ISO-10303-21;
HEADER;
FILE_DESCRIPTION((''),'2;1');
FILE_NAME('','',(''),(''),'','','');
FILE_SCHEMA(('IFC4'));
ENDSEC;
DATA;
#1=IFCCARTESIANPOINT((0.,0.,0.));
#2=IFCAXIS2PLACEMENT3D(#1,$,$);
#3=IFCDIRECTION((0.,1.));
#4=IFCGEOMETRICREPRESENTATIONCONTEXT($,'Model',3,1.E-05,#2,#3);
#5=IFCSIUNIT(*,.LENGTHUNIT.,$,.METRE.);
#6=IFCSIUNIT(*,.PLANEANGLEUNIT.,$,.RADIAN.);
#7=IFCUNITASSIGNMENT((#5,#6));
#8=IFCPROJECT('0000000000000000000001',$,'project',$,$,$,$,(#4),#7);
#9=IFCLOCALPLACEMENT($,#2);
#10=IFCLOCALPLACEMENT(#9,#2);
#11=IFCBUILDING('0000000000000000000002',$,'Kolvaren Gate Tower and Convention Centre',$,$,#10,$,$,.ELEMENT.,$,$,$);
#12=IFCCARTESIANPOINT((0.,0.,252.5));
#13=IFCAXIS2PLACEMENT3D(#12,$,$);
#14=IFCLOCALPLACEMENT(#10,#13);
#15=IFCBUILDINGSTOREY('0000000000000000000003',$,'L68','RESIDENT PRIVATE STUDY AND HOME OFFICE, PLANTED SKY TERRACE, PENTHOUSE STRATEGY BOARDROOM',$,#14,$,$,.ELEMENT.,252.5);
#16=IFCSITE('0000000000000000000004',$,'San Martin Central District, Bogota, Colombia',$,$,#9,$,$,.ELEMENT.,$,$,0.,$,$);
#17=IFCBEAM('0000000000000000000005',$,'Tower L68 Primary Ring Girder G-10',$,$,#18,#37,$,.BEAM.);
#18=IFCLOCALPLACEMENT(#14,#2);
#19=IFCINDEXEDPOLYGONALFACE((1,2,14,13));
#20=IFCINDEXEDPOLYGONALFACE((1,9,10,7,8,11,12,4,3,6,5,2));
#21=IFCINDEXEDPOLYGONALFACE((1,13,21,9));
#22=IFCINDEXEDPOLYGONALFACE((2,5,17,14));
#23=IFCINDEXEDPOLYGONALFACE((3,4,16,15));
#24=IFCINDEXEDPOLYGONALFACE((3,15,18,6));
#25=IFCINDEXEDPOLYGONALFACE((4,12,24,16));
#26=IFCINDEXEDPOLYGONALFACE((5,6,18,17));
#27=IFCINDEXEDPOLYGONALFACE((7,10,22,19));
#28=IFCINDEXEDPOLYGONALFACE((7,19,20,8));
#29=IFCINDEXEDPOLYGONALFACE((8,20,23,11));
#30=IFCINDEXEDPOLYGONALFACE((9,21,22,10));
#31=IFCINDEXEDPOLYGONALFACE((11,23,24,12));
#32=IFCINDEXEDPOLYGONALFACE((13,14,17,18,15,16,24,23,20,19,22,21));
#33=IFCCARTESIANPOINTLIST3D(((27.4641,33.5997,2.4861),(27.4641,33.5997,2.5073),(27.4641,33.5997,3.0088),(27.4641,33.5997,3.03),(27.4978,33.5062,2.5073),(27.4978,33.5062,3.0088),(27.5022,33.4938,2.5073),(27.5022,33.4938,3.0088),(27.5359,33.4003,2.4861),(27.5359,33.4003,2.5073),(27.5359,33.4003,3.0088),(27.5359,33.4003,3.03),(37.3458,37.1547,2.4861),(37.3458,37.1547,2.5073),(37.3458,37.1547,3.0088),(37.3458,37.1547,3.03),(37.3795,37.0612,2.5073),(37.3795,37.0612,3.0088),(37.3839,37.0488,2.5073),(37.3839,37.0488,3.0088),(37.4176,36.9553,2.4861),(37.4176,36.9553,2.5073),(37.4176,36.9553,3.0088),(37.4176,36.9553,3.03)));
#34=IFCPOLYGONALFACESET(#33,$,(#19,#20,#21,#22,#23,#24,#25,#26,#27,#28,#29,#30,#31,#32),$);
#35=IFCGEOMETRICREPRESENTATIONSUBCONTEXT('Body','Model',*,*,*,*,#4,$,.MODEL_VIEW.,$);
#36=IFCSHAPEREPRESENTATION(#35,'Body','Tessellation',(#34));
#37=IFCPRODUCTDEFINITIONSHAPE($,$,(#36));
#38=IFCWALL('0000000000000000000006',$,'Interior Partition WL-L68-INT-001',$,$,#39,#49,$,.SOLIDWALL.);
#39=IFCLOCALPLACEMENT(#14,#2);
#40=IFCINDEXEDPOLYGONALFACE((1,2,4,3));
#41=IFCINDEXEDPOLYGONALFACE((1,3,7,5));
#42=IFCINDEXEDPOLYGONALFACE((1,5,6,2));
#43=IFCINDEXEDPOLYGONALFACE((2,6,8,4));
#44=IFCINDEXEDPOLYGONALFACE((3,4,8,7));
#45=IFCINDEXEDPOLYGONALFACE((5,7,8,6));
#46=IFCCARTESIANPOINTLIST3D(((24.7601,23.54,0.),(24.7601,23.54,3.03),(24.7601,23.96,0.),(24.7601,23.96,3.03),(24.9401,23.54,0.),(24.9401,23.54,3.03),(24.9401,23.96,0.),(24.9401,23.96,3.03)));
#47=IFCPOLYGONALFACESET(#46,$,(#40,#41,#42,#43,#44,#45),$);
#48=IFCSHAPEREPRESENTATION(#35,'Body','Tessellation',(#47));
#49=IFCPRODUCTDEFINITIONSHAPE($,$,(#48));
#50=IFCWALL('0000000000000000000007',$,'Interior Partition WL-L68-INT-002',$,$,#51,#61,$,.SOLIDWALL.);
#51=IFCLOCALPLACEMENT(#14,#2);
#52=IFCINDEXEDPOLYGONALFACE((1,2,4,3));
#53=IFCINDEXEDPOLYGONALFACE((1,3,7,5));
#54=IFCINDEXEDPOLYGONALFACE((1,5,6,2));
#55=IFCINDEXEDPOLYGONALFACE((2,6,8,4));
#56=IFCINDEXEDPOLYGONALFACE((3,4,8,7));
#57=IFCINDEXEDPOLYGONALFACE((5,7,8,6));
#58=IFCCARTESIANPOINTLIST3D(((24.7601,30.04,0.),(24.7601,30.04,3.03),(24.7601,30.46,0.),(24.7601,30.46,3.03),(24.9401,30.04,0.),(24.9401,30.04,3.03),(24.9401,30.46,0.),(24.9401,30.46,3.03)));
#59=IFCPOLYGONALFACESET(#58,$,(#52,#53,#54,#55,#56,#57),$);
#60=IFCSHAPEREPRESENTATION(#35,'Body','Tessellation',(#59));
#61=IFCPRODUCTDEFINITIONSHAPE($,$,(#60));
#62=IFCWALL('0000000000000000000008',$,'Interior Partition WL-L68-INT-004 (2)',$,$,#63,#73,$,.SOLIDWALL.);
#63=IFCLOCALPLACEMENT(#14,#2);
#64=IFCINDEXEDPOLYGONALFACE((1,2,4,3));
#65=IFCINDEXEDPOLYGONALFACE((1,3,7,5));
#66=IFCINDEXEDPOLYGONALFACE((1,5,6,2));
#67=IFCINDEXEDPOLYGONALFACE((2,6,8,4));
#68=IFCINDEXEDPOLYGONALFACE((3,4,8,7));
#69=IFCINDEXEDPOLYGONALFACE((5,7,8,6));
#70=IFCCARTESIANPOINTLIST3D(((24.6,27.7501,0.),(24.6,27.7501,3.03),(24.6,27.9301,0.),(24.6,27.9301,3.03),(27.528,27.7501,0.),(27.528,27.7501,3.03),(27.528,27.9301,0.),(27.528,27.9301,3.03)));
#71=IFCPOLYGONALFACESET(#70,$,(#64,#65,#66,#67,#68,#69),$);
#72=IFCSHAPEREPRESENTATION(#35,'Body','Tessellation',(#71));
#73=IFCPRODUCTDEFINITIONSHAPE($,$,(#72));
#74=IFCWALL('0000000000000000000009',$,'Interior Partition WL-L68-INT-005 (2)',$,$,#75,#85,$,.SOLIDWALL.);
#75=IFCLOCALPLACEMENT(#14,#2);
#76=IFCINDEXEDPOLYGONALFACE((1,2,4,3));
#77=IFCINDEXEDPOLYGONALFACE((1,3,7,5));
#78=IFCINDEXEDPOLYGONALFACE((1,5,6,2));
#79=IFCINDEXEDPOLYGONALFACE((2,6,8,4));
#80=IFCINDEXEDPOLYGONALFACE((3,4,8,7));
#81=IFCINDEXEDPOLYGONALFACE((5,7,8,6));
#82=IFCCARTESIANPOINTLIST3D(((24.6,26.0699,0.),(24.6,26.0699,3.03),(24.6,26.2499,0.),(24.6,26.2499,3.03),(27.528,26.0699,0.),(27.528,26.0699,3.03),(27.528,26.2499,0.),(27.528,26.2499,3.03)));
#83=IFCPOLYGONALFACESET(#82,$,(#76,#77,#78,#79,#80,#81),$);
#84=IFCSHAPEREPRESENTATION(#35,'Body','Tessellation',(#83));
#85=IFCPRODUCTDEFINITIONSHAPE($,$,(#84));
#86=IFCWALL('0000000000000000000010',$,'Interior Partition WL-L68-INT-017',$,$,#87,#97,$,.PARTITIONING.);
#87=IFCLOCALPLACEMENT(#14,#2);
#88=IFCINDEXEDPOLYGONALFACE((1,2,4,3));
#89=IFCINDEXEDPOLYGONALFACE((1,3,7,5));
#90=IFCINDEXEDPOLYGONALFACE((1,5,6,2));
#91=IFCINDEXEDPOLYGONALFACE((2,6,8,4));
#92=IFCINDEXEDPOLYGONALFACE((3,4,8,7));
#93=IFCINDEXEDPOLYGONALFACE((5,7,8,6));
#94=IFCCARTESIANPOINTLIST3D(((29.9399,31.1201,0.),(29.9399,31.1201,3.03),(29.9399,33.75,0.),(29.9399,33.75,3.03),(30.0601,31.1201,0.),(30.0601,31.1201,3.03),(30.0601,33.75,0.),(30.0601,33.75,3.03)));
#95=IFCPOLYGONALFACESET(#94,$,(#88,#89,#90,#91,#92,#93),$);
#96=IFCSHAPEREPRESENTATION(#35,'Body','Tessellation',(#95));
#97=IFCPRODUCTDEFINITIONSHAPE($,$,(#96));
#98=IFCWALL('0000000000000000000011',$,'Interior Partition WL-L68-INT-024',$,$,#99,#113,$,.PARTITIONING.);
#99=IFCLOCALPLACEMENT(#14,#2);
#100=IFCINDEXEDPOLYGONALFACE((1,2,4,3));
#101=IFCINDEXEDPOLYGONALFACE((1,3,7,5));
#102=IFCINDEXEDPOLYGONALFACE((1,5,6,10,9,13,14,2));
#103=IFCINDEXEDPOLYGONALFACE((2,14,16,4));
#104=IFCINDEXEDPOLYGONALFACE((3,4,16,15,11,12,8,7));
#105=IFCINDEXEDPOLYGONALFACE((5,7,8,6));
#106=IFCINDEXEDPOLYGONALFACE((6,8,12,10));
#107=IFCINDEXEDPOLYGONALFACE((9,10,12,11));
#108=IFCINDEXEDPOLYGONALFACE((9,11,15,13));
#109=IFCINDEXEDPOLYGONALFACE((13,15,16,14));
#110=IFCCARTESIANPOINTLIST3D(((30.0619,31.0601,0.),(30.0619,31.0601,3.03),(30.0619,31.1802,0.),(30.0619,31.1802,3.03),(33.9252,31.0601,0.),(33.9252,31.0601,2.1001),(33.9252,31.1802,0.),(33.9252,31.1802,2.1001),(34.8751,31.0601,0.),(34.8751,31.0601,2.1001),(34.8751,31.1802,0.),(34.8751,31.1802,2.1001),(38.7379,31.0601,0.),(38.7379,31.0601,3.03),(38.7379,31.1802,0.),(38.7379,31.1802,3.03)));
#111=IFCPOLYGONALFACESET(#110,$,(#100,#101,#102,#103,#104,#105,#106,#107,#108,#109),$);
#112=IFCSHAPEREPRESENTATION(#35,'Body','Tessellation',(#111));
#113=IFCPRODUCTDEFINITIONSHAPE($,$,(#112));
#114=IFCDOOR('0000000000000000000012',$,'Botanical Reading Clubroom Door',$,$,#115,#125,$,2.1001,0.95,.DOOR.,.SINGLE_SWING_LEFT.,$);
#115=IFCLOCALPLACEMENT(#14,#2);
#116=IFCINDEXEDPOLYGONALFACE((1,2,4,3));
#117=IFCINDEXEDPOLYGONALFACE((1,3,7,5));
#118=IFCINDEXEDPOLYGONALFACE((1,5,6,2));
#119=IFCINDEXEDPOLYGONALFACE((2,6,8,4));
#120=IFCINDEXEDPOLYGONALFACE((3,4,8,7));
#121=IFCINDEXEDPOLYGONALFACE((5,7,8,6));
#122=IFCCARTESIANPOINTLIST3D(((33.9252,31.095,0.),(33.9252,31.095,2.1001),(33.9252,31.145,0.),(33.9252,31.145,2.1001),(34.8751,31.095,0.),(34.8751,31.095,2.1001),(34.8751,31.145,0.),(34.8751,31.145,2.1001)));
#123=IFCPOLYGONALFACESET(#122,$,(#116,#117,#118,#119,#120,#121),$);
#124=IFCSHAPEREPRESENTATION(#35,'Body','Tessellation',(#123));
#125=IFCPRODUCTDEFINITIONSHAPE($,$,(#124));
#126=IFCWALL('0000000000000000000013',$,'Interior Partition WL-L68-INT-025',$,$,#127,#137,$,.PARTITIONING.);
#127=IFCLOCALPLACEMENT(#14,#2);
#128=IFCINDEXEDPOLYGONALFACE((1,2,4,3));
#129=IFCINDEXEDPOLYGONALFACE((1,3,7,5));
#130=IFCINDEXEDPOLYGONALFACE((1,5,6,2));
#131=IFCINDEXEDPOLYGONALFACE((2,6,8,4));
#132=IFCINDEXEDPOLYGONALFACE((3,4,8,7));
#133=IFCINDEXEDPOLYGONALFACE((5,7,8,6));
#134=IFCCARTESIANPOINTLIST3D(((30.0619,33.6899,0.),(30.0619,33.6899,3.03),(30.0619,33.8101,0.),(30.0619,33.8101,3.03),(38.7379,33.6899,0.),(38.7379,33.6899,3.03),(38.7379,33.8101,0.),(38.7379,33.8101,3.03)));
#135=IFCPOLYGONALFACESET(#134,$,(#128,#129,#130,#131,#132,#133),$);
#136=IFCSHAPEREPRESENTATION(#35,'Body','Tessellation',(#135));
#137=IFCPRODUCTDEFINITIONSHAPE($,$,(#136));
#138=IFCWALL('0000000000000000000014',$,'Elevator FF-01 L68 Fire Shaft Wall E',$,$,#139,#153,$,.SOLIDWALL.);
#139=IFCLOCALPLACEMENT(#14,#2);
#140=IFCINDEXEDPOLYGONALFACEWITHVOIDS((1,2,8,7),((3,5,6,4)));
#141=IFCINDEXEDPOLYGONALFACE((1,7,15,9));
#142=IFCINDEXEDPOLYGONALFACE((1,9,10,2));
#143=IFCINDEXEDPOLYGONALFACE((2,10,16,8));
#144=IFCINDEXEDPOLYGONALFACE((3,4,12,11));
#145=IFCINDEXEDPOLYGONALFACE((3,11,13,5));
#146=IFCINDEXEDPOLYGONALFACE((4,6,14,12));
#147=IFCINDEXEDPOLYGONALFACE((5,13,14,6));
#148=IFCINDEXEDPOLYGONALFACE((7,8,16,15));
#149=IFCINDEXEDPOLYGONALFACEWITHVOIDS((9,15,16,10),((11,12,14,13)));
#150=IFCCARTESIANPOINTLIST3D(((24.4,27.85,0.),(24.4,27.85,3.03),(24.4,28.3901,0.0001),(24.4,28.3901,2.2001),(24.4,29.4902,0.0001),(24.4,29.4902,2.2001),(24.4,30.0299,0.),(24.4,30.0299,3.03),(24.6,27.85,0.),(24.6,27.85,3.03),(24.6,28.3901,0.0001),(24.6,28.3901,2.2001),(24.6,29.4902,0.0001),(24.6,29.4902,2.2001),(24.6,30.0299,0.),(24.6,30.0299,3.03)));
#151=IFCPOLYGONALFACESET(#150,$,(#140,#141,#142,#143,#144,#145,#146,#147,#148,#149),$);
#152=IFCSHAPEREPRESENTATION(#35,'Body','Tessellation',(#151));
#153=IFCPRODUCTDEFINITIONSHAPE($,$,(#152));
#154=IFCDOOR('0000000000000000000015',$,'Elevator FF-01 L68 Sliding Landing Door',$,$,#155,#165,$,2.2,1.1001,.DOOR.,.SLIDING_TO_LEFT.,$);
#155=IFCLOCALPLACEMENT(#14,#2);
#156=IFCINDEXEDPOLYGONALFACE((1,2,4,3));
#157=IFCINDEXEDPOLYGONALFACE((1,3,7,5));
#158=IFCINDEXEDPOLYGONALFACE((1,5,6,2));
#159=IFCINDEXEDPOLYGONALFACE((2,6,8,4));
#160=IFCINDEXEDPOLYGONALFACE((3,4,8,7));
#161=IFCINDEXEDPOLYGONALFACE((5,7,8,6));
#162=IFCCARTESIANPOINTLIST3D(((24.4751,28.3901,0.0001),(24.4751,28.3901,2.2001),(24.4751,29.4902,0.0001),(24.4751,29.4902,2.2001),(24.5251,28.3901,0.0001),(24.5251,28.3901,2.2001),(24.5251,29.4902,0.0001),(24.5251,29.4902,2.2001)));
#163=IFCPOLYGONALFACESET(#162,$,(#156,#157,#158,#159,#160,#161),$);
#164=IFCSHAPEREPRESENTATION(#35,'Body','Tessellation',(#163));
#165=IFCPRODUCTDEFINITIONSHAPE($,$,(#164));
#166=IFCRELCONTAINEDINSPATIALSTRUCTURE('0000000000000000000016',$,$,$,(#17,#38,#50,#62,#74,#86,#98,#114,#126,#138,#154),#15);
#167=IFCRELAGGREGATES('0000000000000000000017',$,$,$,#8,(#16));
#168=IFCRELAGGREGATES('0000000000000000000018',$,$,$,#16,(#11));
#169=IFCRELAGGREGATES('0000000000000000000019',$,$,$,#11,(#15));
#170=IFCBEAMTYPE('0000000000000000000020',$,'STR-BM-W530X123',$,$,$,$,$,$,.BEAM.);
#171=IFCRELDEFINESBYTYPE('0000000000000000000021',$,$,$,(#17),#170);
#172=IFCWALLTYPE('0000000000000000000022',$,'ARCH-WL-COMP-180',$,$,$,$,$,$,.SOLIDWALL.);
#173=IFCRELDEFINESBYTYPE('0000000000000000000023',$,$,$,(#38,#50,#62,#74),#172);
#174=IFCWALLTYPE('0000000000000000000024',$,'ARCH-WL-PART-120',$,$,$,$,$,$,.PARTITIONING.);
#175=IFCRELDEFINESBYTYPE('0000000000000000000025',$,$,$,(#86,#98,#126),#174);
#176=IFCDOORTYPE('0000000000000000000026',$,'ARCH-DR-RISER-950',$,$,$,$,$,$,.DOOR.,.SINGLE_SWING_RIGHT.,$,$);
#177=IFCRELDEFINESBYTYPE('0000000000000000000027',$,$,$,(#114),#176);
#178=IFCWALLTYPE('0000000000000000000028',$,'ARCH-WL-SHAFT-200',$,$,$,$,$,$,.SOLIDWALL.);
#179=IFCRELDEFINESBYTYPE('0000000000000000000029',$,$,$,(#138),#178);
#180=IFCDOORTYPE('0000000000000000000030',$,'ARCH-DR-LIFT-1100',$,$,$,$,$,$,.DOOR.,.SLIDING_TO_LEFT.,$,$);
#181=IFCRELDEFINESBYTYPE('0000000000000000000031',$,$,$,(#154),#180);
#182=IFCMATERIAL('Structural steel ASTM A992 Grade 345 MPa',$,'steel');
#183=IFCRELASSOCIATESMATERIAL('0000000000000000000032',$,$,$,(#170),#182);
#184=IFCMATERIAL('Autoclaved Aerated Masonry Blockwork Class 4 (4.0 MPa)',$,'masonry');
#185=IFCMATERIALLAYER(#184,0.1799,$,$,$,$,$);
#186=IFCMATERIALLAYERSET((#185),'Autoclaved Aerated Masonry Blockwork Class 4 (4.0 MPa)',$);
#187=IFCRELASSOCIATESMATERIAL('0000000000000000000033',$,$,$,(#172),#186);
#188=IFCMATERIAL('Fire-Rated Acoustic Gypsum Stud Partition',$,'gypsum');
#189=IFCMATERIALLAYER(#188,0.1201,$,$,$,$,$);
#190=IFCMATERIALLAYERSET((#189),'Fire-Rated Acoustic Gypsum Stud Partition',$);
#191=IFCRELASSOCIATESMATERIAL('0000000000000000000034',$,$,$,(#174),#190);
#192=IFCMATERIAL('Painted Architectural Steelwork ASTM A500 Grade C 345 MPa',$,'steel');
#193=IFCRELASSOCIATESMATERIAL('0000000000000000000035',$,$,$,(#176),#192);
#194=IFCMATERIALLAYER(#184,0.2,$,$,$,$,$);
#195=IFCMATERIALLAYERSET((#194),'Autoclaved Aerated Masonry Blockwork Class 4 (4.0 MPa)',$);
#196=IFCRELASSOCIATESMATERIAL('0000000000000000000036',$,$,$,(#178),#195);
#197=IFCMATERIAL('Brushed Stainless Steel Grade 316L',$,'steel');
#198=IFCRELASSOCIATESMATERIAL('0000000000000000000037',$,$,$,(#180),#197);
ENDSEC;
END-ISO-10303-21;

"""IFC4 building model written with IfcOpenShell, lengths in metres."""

from ifc_helpers import new_model, si_unit, direction, frame, frame_2d, origin, origin_2d, place, context, subcontext, project, spatial, rectangle, i_section, extrude, material, layer, layer_set, material_profile, profile_set, type_object, element, fill, save


model = new_model("IFC4")

# Units and contexts
model_context = context("Model", 3, precision=1e-05, world=origin(), true_north=direction((0.0, 1.0)))
body_context = subcontext(model_context, "Body", "Model", "MODEL_VIEW")
ifc_project = project(units=[si_unit("LENGTHUNIT", "METRE"), si_unit("PLANEANGLEUNIT", "RADIAN")], contexts=[model_context])

# Site, building, storey
site_placement = place(None, origin())
site = spatial("IfcSite", under=ifc_project, at=site_placement, Name="San Martin Central District, Bogota, Colombia", CompositionType="ELEMENT", RefElevation=0.0)
building_placement = place(site_placement, origin())
building = spatial("IfcBuilding", under=site, at=building_placement, Name="Kolvaren Gate Tower and Convention Centre", CompositionType="ELEMENT")
storey_placement = place(building_placement, frame((0.0, 0.0, 252.5)))
storey = spatial("IfcBuildingStorey", under=building, at=storey_placement, Name="L68", Description="RESIDENT PRIVATE STUDY AND HOME OFFICE, PLANTED SKY TERRACE, PENTHOUSE STRATEGY BOARDROOM", CompositionType="ELEMENT", Elevation=252.5)

# Beam
ifc_material_1 = material(Name="Structural steel ASTM A992 Grade 345 MPa", Category="steel")
ifc_material_profile = material_profile(ifc_material_1, i_section(OverallWidth=0.2119, OverallDepth=0.5439, WebThickness=0.0132, FlangeThickness=0.0212, at=origin_2d()), Name="W530X123")
ifc_profile_set = profile_set([ifc_material_profile], Name="Structural steel ASTM A992 Grade 345 MPa")
beam_type = type_object("IfcBeamType", Name="STR-BM-W530X123", PredefinedType="BEAM", material=ifc_profile_set)
beam_placement = place(storey_placement, frame((27.5, 33.5, 2.7581), z_axis=(0.940961, 0.338514, 0.0), x_axis=(-0.338514, 0.940961, 0.0)))
element("IfcBeam", 1, at=beam_placement, inside=storey, type_object=beam_type, Name="Tower L68 Primary Ring Girder G-10", PredefinedType="BEAM", context=body_context, shape_type="SweptSolid", body=[
    extrude(i_section(OverallWidth=0.2119, OverallDepth=0.5439, WebThickness=0.0132, FlangeThickness=0.0212, at=origin_2d()), origin(), (0.0, 0.0, 1.0), 10.5017),
])

# Walls
ifc_material_2 = material(Name="Autoclaved Aerated Masonry Blockwork Class 4 (4.0 MPa)", Category="masonry")
ifc_layer_1 = layer(ifc_material_2, 0.1799)
ifc_layer_set_1 = layer_set([ifc_layer_1], Name="Autoclaved Aerated Masonry Blockwork Class 4 (4.0 MPa)")
wall_type_1 = type_object("IfcWallType", Name="ARCH-WL-COMP-180", PredefinedType="SOLIDWALL", material=ifc_layer_set_1)
for number, where, z_axis, x_axis, name in (
    (2, (24.8501, 23.54, 0.0), (0.0, 0.0, 1.0), (0.0, 1.0, 0.0), "Interior Partition WL-L68-INT-001"),
    (3, (24.8501, 30.04, 0.0), (0.0, 0.0, 1.0), (0.0, 1.0, 0.0), "Interior Partition WL-L68-INT-002"),
):
    element("IfcWall", number, at=place(storey_placement, frame(where, z_axis=z_axis, x_axis=x_axis)), inside=storey, type_object=wall_type_1, Name=name, PredefinedType="SOLIDWALL", context=body_context, shape_type="SweptSolid", body=[
        extrude(rectangle(XDim=0.4199, YDim=0.1799, at=frame_2d((0.21, 0.0))), origin(), (0.0, 0.0, 1.0), 3.03),
    ])
for number, where, z_axis, x_axis, name in (
    (4, (24.6001, 27.8401, 0.0), (0.0, 0.0, 1.0), (1.0, 0.0, 0.0), "Interior Partition WL-L68-INT-004 (2)"),
    (5, (24.6001, 26.1599, 0.0), (0.0, 0.0, 1.0), (1.0, 0.0, 0.0), "Interior Partition WL-L68-INT-005 (2)"),
):
    element("IfcWall", number, at=place(storey_placement, frame(where, z_axis=z_axis, x_axis=x_axis)), inside=storey, type_object=wall_type_1, Name=name, PredefinedType="SOLIDWALL", context=body_context, shape_type="SweptSolid", body=[
        extrude(rectangle(XDim=2.928, YDim=0.1799, at=frame_2d((1.4639, 0.0))), origin(), (0.0, 0.0, 1.0), 3.03),
    ])
ifc_material_3 = material(Name="Fire-Rated Acoustic Gypsum Stud Partition", Category="gypsum")
ifc_layer_2 = layer(ifc_material_3, 0.1201)
ifc_layer_set_2 = layer_set([ifc_layer_2], Name="Fire-Rated Acoustic Gypsum Stud Partition")
wall_type_2 = type_object("IfcWallType", Name="ARCH-WL-PART-120", PredefinedType="PARTITIONING", material=ifc_layer_set_2)
wall_1_placement = place(storey_placement, frame((30.0, 31.1201, 0.0), z_axis=(0.0, 0.0, 1.0), x_axis=(0.0, 1.0, 0.0)))
element("IfcWall", 6, at=wall_1_placement, inside=storey, type_object=wall_type_2, Name="Interior Partition WL-L68-INT-017", PredefinedType="PARTITIONING", context=body_context, shape_type="SweptSolid", body=[
    extrude(rectangle(XDim=2.6299, YDim=0.1201, at=frame_2d((1.3149, 0.0))), origin(), (0.0, 0.0, 1.0), 3.03),
])

# Wall, opening, door
wall_2_placement = place(storey_placement, frame((30.062, 31.1201, 0.0), z_axis=(0.0, 0.0, 1.0), x_axis=(1.0, 0.0, 0.0)))
wall_2 = element("IfcWall", 7, at=wall_2_placement, inside=storey, type_object=wall_type_2, Name="Interior Partition WL-L68-INT-024", PredefinedType="PARTITIONING", context=body_context, shape_type="SweptSolid", body=[
    extrude(rectangle(XDim=8.676, YDim=0.1201, at=frame_2d((4.3379, 0.0))), origin(), (0.0, 0.0, 1.0), 3.03),
])
opening_1_placement = place(wall_2_placement, frame((3.863, 0.0, 0.0)))
opening_1 = element("IfcOpeningElement", 8, at=opening_1_placement, cuts=wall_2, PredefinedType="OPENING", context=body_context, shape_type="SweptSolid", body=[
    extrude(rectangle(XDim=0.95, YDim=2.1001, at=frame_2d((0.4751, 1.05))), frame((0.0, 0.0701, 0.0), z_axis=(0.0, -1.0, 0.0), x_axis=(1.0, 0.0, 0.0)), (0.0, 0.0, 1.0), 0.1401),
])
ifc_material_4 = material(Name="Painted Architectural Steelwork ASTM A500 Grade C 345 MPa", Category="steel")
door_type_1 = type_object("IfcDoorType", Name="ARCH-DR-RISER-950", OperationType="SINGLE_SWING_RIGHT", PredefinedType="DOOR", material=ifc_material_4)
door_1_placement = place(opening_1_placement, origin())
door_1 = element("IfcDoor", 9, at=door_1_placement, inside=storey, type_object=door_type_1, Name="Botanical Reading Clubroom Door", OperationType="SINGLE_SWING_LEFT", OverallHeight=2.1001, OverallWidth=0.95, PredefinedType="DOOR", context=body_context, shape_type="SweptSolid", body=[
    extrude(rectangle(XDim=0.95, YDim=2.1001, at=frame_2d((0.4751, 1.05))), frame((0.0, 0.0249, 0.0), z_axis=(0.0, -1.0, 0.0), x_axis=(1.0, 0.0, 0.0)), (0.0, 0.0, 1.0), 0.05),
])
fill(opening_1, door_1)

# Wall
wall_3_placement = place(storey_placement, frame((30.062, 33.75, 0.0), z_axis=(0.0, 0.0, 1.0), x_axis=(1.0, 0.0, 0.0)))
element("IfcWall", 10, at=wall_3_placement, inside=storey, type_object=wall_type_2, Name="Interior Partition WL-L68-INT-025", PredefinedType="PARTITIONING", context=body_context, shape_type="SweptSolid", body=[
    extrude(rectangle(XDim=8.676, YDim=0.1201, at=frame_2d((4.3379, 0.0))), origin(), (0.0, 0.0, 1.0), 3.03),
])

# Wall, opening, door
ifc_layer_3 = layer(ifc_material_2, 0.2)
ifc_layer_set_3 = layer_set([ifc_layer_3], Name="Autoclaved Aerated Masonry Blockwork Class 4 (4.0 MPa)")
wall_type_3 = type_object("IfcWallType", Name="ARCH-WL-SHAFT-200", PredefinedType="SOLIDWALL", material=ifc_layer_set_3)
wall_4_placement = place(storey_placement, frame((24.5, 27.8501, 0.0), z_axis=(0.0, 0.0, 1.0), x_axis=(0.0, 1.0, 0.0)))
wall_4 = element("IfcWall", 11, at=wall_4_placement, inside=storey, type_object=wall_type_3, Name="Elevator FF-01 L68 Fire Shaft Wall E", PredefinedType="SOLIDWALL", context=body_context, shape_type="SweptSolid", body=[
    extrude(rectangle(XDim=2.1799, YDim=0.2, at=frame_2d((1.0898, 0.0))), origin(), (0.0, 0.0, 1.0), 3.03),
])
opening_2_placement = place(wall_4_placement, frame((0.54, 0.0, 0.0)))
opening_2 = element("IfcOpeningElement", 12, at=opening_2_placement, cuts=wall_4, PredefinedType="OPENING", context=body_context, shape_type="SweptSolid", body=[
    extrude(rectangle(XDim=1.1001, YDim=2.2, at=frame_2d((0.55, 1.1001))), frame((0.0, 0.1099, 0.0), z_axis=(0.0, -1.0, 0.0), x_axis=(1.0, 0.0, 0.0)), (0.0, 0.0, 1.0), 0.22),
])
ifc_material_5 = material(Name="Brushed Stainless Steel Grade 316L", Category="steel")
door_type_2 = type_object("IfcDoorType", Name="ARCH-DR-LIFT-1100", OperationType="SLIDING_TO_LEFT", PredefinedType="DOOR", material=ifc_material_5)
door_2_placement = place(opening_2_placement, origin())
door_2 = element("IfcDoor", 13, at=door_2_placement, inside=storey, type_object=door_type_2, Name="Elevator FF-01 L68 Sliding Landing Door", OperationType="SLIDING_TO_LEFT", OverallHeight=2.2, OverallWidth=1.1001, PredefinedType="DOOR", context=body_context, shape_type="SweptSolid", body=[
    extrude(rectangle(XDim=1.1001, YDim=2.2, at=frame_2d((0.55, 1.1001))), frame((0.0, 0.0249, 0.0), z_axis=(0.0, -1.0, 0.0), x_axis=(1.0, 0.0, 0.0)), (0.0, 0.0, 1.0), 0.05),
])
fill(opening_2, door_2)

save(model, "model.ifc")
